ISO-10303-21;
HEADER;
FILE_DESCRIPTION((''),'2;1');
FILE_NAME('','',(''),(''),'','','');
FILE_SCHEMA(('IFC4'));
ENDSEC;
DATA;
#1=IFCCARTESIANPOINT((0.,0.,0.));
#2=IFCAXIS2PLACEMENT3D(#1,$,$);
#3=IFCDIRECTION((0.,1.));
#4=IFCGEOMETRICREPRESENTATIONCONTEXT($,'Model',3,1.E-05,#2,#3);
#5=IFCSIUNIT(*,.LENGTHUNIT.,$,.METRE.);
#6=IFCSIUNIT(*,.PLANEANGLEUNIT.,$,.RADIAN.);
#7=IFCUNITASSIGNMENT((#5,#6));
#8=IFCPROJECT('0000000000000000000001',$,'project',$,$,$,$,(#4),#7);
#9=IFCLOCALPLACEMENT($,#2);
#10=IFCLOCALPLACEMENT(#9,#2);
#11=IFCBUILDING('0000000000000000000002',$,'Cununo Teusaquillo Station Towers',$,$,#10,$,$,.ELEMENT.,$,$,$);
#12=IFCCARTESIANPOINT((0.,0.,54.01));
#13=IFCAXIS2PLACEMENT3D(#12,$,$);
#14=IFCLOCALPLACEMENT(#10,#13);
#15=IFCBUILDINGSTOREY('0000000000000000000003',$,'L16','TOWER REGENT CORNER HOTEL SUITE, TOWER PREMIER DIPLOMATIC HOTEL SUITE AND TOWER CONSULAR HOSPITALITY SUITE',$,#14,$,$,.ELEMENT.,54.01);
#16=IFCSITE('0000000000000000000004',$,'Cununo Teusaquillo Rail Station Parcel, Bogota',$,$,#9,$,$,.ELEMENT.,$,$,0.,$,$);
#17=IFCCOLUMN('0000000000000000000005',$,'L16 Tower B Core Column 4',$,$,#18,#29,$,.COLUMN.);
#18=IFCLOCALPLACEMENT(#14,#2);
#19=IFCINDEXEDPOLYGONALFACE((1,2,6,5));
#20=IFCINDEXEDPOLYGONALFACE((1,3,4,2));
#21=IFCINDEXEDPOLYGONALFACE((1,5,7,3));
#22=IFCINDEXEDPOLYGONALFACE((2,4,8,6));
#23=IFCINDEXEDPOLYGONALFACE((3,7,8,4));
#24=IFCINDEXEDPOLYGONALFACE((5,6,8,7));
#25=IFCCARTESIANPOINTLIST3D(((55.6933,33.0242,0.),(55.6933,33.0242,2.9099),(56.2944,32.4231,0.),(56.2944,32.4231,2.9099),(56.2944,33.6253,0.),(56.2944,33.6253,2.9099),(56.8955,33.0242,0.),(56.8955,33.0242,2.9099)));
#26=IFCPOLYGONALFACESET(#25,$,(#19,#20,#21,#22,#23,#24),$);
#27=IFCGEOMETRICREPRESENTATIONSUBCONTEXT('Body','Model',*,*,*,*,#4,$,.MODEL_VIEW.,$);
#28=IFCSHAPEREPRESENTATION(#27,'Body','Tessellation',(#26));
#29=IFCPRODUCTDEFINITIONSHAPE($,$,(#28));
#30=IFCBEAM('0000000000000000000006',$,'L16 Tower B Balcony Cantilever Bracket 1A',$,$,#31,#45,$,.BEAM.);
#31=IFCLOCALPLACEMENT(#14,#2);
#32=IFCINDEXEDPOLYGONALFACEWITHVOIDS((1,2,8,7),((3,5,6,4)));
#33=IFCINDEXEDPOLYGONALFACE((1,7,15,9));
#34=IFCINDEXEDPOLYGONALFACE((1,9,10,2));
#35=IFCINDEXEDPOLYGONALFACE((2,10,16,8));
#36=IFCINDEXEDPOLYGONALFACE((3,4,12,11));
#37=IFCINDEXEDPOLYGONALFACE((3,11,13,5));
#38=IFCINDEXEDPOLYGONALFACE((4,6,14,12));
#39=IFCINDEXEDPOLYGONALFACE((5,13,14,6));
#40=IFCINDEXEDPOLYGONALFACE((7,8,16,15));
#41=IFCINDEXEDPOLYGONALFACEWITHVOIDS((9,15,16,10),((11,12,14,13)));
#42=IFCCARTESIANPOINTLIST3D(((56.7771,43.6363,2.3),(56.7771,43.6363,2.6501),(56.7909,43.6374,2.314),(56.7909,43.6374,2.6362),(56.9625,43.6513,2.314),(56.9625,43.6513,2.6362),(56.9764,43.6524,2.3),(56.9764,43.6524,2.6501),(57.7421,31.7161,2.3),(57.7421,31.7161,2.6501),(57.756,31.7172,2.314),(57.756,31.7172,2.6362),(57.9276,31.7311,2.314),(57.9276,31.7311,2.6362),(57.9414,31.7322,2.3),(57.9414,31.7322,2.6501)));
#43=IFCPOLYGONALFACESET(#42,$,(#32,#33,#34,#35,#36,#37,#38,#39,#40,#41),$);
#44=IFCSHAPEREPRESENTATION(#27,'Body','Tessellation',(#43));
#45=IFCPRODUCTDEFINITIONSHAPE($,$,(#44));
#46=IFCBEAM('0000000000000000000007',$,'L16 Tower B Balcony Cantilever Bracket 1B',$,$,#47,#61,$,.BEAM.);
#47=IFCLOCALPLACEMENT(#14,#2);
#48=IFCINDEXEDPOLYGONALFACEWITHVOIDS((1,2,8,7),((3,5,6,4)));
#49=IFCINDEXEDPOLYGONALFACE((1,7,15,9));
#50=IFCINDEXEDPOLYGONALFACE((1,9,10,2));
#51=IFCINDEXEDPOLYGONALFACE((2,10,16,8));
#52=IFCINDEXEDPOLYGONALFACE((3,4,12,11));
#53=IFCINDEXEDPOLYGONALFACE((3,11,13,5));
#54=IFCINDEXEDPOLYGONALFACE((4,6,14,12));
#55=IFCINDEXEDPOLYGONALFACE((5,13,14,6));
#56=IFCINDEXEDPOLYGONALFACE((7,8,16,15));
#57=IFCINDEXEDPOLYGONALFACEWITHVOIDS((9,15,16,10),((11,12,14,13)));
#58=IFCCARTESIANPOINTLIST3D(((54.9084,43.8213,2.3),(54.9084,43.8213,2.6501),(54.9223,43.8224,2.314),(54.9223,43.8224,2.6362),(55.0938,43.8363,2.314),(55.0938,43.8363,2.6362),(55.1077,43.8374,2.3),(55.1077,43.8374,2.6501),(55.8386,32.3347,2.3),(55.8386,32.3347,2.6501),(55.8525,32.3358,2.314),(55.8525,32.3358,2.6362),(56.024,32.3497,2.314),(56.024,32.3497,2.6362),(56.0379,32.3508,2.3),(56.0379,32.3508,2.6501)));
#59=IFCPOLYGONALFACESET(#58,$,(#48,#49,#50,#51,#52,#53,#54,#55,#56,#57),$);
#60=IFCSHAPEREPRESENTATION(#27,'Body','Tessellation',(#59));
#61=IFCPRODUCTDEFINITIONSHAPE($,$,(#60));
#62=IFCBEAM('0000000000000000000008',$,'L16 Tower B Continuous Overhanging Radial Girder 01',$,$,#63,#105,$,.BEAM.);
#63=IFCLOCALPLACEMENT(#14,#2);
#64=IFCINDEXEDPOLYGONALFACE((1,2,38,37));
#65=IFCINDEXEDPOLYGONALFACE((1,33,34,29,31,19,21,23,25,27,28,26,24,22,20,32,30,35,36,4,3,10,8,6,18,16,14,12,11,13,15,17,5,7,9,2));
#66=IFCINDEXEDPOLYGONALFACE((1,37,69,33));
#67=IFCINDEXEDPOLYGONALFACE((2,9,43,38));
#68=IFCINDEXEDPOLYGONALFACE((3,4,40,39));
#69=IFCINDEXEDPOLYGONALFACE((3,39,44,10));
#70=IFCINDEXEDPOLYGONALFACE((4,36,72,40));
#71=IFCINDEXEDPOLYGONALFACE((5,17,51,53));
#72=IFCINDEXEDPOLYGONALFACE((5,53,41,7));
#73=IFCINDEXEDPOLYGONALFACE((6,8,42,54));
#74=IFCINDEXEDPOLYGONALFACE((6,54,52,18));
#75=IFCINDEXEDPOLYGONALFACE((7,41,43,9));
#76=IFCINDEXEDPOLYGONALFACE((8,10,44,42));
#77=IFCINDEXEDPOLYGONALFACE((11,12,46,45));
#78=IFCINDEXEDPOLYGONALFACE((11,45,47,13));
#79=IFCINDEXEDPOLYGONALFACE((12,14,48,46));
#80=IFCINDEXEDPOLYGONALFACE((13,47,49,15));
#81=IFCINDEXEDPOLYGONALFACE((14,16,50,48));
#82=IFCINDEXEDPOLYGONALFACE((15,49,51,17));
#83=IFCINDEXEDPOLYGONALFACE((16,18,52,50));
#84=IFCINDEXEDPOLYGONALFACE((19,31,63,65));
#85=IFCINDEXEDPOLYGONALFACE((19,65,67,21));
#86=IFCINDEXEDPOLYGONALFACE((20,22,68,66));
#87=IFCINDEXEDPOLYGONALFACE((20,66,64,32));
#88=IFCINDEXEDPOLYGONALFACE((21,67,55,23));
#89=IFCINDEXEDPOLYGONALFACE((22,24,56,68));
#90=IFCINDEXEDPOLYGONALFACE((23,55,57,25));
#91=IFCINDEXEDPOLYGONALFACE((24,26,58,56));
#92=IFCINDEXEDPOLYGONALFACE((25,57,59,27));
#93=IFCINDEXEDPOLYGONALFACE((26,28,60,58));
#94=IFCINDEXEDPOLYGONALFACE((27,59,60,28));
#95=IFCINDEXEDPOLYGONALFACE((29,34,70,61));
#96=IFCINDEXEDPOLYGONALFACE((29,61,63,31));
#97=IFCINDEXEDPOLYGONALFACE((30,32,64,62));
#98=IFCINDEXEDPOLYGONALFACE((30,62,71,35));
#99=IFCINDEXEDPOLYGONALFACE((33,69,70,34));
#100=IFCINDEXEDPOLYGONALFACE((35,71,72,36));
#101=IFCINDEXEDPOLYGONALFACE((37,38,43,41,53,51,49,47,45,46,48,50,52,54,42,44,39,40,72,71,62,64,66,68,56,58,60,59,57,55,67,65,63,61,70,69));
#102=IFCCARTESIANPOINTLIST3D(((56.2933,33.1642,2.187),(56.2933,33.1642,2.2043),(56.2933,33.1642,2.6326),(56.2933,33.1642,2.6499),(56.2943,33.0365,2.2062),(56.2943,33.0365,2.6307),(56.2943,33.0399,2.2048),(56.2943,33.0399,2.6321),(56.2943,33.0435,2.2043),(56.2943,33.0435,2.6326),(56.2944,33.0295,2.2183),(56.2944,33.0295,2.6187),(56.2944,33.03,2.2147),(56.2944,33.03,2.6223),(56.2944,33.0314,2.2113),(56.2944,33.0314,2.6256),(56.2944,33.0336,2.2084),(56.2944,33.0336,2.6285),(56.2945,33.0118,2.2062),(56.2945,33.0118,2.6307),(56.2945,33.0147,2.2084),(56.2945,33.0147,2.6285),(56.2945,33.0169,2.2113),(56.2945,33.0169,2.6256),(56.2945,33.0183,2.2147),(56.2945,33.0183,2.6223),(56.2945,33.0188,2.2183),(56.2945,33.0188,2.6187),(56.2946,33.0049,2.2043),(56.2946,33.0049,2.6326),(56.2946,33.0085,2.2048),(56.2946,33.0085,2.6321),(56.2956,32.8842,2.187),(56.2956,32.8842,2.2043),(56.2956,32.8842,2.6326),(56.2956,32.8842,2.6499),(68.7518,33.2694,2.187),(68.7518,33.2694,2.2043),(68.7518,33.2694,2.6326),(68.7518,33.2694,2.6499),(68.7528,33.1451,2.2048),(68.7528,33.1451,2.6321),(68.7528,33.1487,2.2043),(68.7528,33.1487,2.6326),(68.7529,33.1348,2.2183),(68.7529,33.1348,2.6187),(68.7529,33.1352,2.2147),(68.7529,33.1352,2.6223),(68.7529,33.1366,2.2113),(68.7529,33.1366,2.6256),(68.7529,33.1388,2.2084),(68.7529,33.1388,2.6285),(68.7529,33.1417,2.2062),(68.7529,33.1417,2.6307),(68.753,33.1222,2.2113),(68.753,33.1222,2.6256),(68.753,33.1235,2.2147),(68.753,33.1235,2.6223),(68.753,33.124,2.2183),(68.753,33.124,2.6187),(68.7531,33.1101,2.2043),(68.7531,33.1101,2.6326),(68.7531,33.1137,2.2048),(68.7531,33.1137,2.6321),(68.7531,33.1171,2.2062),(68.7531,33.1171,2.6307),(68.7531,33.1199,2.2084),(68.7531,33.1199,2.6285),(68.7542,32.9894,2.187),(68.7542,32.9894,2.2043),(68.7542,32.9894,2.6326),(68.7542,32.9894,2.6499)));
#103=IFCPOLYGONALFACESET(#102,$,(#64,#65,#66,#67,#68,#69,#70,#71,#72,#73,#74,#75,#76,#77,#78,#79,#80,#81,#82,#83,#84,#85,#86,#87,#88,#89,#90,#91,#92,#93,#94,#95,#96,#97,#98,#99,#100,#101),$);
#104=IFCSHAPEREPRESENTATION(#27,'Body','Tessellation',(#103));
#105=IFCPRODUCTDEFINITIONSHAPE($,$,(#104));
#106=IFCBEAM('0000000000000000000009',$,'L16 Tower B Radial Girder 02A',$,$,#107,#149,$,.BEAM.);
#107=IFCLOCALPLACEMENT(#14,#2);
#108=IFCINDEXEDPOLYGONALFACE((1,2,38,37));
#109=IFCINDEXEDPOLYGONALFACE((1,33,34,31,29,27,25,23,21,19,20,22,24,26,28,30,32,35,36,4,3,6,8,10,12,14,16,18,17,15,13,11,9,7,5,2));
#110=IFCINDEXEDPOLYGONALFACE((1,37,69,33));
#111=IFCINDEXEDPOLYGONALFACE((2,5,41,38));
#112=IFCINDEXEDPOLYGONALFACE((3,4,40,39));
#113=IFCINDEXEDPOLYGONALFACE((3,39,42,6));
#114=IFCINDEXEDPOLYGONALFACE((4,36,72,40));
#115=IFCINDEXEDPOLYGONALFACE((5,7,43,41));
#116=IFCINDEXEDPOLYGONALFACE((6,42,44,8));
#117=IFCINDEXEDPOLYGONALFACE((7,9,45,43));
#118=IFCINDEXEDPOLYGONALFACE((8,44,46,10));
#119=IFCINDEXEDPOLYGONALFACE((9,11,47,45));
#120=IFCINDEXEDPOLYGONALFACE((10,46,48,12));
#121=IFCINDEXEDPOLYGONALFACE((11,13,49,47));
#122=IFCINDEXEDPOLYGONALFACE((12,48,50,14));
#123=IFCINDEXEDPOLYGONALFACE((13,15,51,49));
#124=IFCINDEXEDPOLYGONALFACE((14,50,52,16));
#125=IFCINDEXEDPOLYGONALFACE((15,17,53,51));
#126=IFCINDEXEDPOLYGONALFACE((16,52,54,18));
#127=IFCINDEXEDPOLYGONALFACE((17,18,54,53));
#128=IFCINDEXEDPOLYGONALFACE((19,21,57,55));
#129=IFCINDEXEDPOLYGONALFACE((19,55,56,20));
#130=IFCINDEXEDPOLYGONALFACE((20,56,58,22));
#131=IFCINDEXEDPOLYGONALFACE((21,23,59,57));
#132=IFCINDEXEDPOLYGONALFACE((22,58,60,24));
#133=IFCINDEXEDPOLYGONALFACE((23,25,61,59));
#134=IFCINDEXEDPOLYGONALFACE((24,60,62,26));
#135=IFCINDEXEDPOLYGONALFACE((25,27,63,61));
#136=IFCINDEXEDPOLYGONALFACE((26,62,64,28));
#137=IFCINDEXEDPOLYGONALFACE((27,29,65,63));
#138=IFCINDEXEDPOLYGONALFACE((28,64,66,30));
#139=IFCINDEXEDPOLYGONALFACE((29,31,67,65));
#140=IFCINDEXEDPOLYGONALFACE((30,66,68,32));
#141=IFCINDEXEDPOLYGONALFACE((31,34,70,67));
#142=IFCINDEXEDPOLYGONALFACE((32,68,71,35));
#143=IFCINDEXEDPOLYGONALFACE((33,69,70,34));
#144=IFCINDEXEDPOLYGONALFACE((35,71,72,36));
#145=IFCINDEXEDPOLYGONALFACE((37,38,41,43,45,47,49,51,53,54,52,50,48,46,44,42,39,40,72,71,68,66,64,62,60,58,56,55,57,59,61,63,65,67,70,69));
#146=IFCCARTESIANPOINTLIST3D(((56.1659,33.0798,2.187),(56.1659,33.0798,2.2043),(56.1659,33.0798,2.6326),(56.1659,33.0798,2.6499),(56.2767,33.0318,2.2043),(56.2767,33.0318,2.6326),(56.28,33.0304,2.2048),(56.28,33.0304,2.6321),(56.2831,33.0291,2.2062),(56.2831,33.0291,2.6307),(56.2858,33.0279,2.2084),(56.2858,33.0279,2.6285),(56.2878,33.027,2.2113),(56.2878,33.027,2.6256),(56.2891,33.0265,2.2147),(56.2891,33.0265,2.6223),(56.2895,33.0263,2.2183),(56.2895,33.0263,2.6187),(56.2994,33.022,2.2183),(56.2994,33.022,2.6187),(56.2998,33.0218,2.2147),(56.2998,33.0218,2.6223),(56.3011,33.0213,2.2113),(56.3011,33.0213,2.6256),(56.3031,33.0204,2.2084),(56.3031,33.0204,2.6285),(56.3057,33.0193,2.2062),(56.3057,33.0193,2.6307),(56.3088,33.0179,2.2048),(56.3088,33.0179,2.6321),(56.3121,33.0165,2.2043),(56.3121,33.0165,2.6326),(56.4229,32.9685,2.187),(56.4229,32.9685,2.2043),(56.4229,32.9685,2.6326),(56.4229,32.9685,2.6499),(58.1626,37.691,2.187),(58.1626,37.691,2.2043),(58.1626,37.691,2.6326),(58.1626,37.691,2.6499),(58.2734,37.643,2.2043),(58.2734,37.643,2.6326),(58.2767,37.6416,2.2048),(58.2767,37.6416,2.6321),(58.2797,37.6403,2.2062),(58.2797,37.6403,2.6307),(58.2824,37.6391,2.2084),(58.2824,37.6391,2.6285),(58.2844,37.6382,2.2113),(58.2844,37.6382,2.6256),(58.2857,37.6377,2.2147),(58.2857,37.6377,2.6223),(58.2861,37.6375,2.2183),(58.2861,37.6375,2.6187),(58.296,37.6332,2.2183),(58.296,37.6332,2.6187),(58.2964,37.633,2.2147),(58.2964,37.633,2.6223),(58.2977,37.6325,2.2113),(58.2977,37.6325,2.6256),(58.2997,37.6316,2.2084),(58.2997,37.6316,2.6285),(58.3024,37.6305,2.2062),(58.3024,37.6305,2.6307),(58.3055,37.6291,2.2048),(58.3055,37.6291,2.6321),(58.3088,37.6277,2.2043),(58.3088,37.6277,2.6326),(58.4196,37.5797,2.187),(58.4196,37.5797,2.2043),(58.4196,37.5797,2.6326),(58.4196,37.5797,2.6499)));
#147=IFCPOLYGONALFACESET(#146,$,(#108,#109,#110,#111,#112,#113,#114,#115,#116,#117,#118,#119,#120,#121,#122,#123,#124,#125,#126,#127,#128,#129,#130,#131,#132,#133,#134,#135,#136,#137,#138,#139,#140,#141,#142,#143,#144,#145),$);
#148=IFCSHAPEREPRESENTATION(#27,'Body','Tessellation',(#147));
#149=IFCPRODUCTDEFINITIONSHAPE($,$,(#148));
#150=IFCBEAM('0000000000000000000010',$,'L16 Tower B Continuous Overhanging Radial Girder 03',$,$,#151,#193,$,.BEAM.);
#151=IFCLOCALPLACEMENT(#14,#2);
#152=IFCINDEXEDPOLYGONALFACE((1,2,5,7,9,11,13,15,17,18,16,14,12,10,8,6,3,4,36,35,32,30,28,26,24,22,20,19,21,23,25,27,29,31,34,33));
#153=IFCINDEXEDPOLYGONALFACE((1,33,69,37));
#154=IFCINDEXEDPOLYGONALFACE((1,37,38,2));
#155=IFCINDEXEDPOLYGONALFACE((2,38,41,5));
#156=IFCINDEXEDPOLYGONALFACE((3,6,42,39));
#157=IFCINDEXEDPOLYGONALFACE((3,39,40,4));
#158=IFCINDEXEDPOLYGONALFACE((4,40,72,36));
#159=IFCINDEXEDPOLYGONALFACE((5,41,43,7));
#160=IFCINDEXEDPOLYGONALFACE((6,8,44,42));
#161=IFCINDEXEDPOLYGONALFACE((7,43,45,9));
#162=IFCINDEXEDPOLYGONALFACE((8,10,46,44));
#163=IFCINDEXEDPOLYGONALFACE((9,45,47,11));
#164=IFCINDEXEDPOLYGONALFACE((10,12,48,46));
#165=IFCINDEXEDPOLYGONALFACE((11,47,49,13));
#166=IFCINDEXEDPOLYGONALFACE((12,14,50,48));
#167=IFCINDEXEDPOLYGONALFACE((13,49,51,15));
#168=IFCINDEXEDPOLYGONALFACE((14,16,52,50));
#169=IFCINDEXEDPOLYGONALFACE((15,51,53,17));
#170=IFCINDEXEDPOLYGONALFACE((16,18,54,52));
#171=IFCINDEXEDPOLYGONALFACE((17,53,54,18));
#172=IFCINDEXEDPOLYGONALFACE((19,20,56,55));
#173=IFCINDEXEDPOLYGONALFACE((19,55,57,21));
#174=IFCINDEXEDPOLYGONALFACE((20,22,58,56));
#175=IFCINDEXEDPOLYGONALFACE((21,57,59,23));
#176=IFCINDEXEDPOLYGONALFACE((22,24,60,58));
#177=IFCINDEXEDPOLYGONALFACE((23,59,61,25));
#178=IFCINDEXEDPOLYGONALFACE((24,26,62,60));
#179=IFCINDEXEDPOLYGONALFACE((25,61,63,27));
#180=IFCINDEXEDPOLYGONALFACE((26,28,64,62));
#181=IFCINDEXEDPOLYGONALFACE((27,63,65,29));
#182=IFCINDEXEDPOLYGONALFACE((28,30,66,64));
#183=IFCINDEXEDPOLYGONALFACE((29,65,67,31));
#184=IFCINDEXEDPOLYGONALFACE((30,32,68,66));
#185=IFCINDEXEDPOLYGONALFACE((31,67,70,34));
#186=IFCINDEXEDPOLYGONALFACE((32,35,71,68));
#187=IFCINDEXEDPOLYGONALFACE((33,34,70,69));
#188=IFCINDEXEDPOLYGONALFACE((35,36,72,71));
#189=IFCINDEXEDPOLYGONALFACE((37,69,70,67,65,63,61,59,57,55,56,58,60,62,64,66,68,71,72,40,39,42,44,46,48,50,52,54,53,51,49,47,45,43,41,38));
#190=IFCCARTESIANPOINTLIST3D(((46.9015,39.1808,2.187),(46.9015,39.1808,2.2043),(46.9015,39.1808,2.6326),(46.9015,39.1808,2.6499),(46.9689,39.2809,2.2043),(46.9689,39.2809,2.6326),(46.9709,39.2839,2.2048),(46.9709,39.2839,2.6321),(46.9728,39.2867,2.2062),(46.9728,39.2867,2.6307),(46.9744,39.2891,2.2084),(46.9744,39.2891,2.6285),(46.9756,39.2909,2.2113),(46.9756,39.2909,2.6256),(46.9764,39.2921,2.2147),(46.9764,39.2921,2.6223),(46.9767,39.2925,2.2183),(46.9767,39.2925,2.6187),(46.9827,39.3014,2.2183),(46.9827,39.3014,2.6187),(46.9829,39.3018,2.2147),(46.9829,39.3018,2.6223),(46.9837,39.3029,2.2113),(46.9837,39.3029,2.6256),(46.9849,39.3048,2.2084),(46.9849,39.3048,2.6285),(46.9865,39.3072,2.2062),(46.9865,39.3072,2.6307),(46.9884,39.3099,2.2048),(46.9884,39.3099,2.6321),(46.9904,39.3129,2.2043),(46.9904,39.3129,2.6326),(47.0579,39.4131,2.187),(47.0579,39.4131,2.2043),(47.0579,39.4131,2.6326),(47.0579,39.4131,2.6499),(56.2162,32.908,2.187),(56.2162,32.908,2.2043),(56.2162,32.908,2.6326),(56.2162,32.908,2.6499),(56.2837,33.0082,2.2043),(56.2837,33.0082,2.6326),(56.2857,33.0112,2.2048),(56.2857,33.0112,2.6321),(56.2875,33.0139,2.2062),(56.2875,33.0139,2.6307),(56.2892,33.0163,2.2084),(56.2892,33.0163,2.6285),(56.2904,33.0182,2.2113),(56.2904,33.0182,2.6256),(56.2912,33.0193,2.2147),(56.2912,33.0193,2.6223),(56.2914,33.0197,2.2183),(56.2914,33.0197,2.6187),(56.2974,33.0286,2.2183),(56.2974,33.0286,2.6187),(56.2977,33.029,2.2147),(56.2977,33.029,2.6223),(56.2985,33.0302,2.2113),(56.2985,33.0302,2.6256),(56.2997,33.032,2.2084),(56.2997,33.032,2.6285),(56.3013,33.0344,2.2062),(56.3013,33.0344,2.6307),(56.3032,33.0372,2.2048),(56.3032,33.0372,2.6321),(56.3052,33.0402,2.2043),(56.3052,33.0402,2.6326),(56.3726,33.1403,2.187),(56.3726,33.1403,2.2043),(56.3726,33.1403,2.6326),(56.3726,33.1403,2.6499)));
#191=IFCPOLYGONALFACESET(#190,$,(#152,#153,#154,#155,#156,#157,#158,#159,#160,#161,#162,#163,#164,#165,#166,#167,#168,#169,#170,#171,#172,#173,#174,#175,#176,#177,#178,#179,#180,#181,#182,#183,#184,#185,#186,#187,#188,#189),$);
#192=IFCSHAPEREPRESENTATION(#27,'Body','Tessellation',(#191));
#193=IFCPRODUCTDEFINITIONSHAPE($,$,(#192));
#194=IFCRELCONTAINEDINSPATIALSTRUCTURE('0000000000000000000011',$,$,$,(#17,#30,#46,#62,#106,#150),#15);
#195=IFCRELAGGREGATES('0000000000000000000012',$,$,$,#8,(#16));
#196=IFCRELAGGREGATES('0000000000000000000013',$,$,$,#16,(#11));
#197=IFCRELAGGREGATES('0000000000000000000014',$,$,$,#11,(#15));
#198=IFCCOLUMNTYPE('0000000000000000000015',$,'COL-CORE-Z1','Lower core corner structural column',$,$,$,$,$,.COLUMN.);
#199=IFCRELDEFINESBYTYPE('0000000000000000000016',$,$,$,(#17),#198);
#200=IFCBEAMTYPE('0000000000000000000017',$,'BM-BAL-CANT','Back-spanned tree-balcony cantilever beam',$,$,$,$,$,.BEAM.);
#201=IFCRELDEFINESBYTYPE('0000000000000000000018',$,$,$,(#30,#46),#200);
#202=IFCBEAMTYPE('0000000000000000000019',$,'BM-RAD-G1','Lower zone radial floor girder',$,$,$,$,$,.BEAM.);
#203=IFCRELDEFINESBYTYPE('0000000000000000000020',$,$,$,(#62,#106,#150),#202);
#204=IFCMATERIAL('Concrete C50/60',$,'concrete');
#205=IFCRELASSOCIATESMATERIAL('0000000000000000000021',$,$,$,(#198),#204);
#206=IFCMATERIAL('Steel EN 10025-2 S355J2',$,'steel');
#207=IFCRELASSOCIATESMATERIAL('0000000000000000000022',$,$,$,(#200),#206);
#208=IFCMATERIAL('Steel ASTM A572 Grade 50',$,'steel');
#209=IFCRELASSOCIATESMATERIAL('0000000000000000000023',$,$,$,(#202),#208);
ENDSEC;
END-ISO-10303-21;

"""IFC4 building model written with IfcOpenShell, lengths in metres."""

from ifc_helpers import new_model, si_unit, direction, frame, origin, origin_2d, place, context, subcontext, project, spatial, rectangle, hollow_rectangle, i_section, extrude, material, material_profile, profile_set, type_object, element, save


model = new_model("IFC4")

# Units and contexts
model_context = context("Model", 3, precision=1e-05, world=origin(), true_north=direction((0.0, 1.0)))
body_context = subcontext(model_context, "Body", "Model", "MODEL_VIEW")
ifc_project = project(units=[si_unit("LENGTHUNIT", "METRE"), si_unit("PLANEANGLEUNIT", "RADIAN")], contexts=[model_context])

# Site, building, storey
site_placement = place(None, origin())
site = spatial("IfcSite", under=ifc_project, at=site_placement, Name="Cununo Teusaquillo Rail Station Parcel, Bogota", CompositionType="ELEMENT", RefElevation=0.0)
building_placement = place(site_placement, origin())
building = spatial("IfcBuilding", under=site, at=building_placement, Name="Cununo Teusaquillo Station Towers", CompositionType="ELEMENT")
storey_placement = place(building_placement, frame((0.0, 0.0, 54.01)))
storey = spatial("IfcBuildingStorey", under=building, at=storey_placement, Name="L16", Description="TOWER REGENT CORNER HOTEL SUITE, TOWER PREMIER DIPLOMATIC HOTEL SUITE AND TOWER CONSULAR HOSPITALITY SUITE", CompositionType="ELEMENT", Elevation=54.01)

# Column
ifc_material_1 = material(Name="Concrete C50/60", Category="concrete")
ifc_material_profile_1 = material_profile(ifc_material_1, rectangle(XDim=0.8501, YDim=0.8501, at=origin_2d()), Name="RC-RECT-850x850")
ifc_profile_set_1 = profile_set([ifc_material_profile_1], Name="Concrete C50/60")
column_type = type_object("IfcColumnType", Name="COL-CORE-Z1", Description="Lower core corner structural column", PredefinedType="COLUMN", material=ifc_profile_set_1)
column_placement = place(storey_placement, frame((56.2944, 33.0242, 0.0), z_axis=(0.0, 0.0, 1.0), x_axis=(0.707107, 0.707107, 0.0)))
element("IfcColumn", 1, at=column_placement, inside=storey, type_object=column_type, Name="L16 Tower B Core Column 4", PredefinedType="COLUMN", context=body_context, shape_type="SweptSolid", body=[
    extrude(rectangle(XDim=0.8501, YDim=0.8501, at=origin_2d()), origin(), (0.0, 0.0, 1.0), 2.9099),
])

# Beams
ifc_material_2 = material(Name="Steel EN 10025-2 S355J2", Category="steel")
ifc_material_profile_2 = material_profile(ifc_material_2, hollow_rectangle(XDim=0.2, YDim=0.3501, WallThickness=0.0139, at=origin_2d()), Name="RHS 350x200x14")
ifc_profile_set_2 = profile_set([ifc_material_profile_2], Name="Steel EN 10025-2 S355J2")
beam_type_1 = type_object("IfcBeamType", Name="BM-BAL-CANT", Description="Back-spanned tree-balcony cantilever beam", PredefinedType="BEAM", material=ifc_profile_set_2)
beam_1_placement = place(storey_placement, frame((57.8418, 31.7241, 2.4751), z_axis=(-0.080699, 0.996739, 0.0), x_axis=(-0.996739, -0.080699, 0.0)))
element("IfcBeam", 2, at=beam_1_placement, inside=storey, type_object=beam_type_1, Name="L16 Tower B Balcony Cantilever Bracket 1A", PredefinedType="BEAM", context=body_context, shape_type="SweptSolid", body=[
    extrude(hollow_rectangle(XDim=0.2, YDim=0.3501, WallThickness=0.0139, at=origin_2d()), origin(), (0.0, 0.0, 1.0), 11.9592),
])
beam_2_placement = place(storey_placement, frame((55.9382, 32.3428, 2.4751), z_axis=(-0.080715, 0.996737, 0.0), x_axis=(-0.996737, -0.080715, 0.0)))
element("IfcBeam", 3, at=beam_2_placement, inside=storey, type_object=beam_type_1, Name="L16 Tower B Balcony Cantilever Bracket 1B", PredefinedType="BEAM", context=body_context, shape_type="SweptSolid", body=[
    extrude(hollow_rectangle(XDim=0.2, YDim=0.3501, WallThickness=0.0139, at=origin_2d()), origin(), (0.0, 0.0, 1.0), 11.5242),
])
ifc_material_3 = material(Name="Steel ASTM A572 Grade 50", Category="steel")
ifc_material_profile_3 = material_profile(ifc_material_3, i_section(OverallWidth=0.28, OverallDepth=0.4629, WebThickness=0.0107, FlangeThickness=0.0173, FilletRadius=0.0139, at=origin_2d()), Name="W18X76")
ifc_profile_set_3 = profile_set([ifc_material_profile_3], Name="Steel ASTM A572 Grade 50")
beam_type_2 = type_object("IfcBeamType", Name="BM-RAD-G1", Description="Lower zone radial floor girder", PredefinedType="BEAM", material=ifc_profile_set_3)
beam_3_placement = place(storey_placement, frame((56.2944, 33.0242, 2.4185), z_axis=(0.999964, 0.008446, 0.0), x_axis=(-0.008446, 0.999964, 0.0)))
element("IfcBeam", 4, at=beam_3_placement, inside=storey, type_object=beam_type_2, Name="L16 Tower B Continuous Overhanging Radial Girder 01", PredefinedType="BEAM", context=body_context, shape_type="SweptSolid", body=[
    extrude(i_section(OverallWidth=0.28, OverallDepth=0.4629, WebThickness=0.0107, FlangeThickness=0.0173, FilletRadius=0.0139, at=origin_2d()), origin(), (0.0, 0.0, 1.0), 12.459),
])
beam_4_placement = place(storey_placement, frame((56.2944, 33.0242, 2.4185), z_axis=(0.397347, 0.917668, 0.0), x_axis=(-0.917668, 0.397347, 0.0)))
element("IfcBeam", 5, at=beam_4_placement, inside=storey, type_object=beam_type_2, Name="L16 Tower B Radial Girder 02A", PredefinedType="BEAM", context=body_context, shape_type="SweptSolid", body=[
    extrude(i_section(OverallWidth=0.28, OverallDepth=0.4629, WebThickness=0.0107, FlangeThickness=0.0173, FilletRadius=0.0139, at=origin_2d()), origin(), (0.0, 0.0, 1.0), 5.0249),
])
beam_5_placement = place(storey_placement, frame((56.2944, 33.0242, 2.4185), z_axis=(-0.829456, 0.558572, 0.0), x_axis=(-0.558572, -0.829456, 0.0)))
element("IfcBeam", 6, at=beam_5_placement, inside=storey, type_object=beam_type_2, Name="L16 Tower B Continuous Overhanging Radial Girder 03", PredefinedType="BEAM", context=body_context, shape_type="SweptSolid", body=[
    extrude(i_section(OverallWidth=0.28, OverallDepth=0.4629, WebThickness=0.0107, FlangeThickness=0.0173, FilletRadius=0.0139, at=origin_2d()), origin(), (0.0, 0.0, 1.0), 11.23),
])

save(model, "model.ifc")
